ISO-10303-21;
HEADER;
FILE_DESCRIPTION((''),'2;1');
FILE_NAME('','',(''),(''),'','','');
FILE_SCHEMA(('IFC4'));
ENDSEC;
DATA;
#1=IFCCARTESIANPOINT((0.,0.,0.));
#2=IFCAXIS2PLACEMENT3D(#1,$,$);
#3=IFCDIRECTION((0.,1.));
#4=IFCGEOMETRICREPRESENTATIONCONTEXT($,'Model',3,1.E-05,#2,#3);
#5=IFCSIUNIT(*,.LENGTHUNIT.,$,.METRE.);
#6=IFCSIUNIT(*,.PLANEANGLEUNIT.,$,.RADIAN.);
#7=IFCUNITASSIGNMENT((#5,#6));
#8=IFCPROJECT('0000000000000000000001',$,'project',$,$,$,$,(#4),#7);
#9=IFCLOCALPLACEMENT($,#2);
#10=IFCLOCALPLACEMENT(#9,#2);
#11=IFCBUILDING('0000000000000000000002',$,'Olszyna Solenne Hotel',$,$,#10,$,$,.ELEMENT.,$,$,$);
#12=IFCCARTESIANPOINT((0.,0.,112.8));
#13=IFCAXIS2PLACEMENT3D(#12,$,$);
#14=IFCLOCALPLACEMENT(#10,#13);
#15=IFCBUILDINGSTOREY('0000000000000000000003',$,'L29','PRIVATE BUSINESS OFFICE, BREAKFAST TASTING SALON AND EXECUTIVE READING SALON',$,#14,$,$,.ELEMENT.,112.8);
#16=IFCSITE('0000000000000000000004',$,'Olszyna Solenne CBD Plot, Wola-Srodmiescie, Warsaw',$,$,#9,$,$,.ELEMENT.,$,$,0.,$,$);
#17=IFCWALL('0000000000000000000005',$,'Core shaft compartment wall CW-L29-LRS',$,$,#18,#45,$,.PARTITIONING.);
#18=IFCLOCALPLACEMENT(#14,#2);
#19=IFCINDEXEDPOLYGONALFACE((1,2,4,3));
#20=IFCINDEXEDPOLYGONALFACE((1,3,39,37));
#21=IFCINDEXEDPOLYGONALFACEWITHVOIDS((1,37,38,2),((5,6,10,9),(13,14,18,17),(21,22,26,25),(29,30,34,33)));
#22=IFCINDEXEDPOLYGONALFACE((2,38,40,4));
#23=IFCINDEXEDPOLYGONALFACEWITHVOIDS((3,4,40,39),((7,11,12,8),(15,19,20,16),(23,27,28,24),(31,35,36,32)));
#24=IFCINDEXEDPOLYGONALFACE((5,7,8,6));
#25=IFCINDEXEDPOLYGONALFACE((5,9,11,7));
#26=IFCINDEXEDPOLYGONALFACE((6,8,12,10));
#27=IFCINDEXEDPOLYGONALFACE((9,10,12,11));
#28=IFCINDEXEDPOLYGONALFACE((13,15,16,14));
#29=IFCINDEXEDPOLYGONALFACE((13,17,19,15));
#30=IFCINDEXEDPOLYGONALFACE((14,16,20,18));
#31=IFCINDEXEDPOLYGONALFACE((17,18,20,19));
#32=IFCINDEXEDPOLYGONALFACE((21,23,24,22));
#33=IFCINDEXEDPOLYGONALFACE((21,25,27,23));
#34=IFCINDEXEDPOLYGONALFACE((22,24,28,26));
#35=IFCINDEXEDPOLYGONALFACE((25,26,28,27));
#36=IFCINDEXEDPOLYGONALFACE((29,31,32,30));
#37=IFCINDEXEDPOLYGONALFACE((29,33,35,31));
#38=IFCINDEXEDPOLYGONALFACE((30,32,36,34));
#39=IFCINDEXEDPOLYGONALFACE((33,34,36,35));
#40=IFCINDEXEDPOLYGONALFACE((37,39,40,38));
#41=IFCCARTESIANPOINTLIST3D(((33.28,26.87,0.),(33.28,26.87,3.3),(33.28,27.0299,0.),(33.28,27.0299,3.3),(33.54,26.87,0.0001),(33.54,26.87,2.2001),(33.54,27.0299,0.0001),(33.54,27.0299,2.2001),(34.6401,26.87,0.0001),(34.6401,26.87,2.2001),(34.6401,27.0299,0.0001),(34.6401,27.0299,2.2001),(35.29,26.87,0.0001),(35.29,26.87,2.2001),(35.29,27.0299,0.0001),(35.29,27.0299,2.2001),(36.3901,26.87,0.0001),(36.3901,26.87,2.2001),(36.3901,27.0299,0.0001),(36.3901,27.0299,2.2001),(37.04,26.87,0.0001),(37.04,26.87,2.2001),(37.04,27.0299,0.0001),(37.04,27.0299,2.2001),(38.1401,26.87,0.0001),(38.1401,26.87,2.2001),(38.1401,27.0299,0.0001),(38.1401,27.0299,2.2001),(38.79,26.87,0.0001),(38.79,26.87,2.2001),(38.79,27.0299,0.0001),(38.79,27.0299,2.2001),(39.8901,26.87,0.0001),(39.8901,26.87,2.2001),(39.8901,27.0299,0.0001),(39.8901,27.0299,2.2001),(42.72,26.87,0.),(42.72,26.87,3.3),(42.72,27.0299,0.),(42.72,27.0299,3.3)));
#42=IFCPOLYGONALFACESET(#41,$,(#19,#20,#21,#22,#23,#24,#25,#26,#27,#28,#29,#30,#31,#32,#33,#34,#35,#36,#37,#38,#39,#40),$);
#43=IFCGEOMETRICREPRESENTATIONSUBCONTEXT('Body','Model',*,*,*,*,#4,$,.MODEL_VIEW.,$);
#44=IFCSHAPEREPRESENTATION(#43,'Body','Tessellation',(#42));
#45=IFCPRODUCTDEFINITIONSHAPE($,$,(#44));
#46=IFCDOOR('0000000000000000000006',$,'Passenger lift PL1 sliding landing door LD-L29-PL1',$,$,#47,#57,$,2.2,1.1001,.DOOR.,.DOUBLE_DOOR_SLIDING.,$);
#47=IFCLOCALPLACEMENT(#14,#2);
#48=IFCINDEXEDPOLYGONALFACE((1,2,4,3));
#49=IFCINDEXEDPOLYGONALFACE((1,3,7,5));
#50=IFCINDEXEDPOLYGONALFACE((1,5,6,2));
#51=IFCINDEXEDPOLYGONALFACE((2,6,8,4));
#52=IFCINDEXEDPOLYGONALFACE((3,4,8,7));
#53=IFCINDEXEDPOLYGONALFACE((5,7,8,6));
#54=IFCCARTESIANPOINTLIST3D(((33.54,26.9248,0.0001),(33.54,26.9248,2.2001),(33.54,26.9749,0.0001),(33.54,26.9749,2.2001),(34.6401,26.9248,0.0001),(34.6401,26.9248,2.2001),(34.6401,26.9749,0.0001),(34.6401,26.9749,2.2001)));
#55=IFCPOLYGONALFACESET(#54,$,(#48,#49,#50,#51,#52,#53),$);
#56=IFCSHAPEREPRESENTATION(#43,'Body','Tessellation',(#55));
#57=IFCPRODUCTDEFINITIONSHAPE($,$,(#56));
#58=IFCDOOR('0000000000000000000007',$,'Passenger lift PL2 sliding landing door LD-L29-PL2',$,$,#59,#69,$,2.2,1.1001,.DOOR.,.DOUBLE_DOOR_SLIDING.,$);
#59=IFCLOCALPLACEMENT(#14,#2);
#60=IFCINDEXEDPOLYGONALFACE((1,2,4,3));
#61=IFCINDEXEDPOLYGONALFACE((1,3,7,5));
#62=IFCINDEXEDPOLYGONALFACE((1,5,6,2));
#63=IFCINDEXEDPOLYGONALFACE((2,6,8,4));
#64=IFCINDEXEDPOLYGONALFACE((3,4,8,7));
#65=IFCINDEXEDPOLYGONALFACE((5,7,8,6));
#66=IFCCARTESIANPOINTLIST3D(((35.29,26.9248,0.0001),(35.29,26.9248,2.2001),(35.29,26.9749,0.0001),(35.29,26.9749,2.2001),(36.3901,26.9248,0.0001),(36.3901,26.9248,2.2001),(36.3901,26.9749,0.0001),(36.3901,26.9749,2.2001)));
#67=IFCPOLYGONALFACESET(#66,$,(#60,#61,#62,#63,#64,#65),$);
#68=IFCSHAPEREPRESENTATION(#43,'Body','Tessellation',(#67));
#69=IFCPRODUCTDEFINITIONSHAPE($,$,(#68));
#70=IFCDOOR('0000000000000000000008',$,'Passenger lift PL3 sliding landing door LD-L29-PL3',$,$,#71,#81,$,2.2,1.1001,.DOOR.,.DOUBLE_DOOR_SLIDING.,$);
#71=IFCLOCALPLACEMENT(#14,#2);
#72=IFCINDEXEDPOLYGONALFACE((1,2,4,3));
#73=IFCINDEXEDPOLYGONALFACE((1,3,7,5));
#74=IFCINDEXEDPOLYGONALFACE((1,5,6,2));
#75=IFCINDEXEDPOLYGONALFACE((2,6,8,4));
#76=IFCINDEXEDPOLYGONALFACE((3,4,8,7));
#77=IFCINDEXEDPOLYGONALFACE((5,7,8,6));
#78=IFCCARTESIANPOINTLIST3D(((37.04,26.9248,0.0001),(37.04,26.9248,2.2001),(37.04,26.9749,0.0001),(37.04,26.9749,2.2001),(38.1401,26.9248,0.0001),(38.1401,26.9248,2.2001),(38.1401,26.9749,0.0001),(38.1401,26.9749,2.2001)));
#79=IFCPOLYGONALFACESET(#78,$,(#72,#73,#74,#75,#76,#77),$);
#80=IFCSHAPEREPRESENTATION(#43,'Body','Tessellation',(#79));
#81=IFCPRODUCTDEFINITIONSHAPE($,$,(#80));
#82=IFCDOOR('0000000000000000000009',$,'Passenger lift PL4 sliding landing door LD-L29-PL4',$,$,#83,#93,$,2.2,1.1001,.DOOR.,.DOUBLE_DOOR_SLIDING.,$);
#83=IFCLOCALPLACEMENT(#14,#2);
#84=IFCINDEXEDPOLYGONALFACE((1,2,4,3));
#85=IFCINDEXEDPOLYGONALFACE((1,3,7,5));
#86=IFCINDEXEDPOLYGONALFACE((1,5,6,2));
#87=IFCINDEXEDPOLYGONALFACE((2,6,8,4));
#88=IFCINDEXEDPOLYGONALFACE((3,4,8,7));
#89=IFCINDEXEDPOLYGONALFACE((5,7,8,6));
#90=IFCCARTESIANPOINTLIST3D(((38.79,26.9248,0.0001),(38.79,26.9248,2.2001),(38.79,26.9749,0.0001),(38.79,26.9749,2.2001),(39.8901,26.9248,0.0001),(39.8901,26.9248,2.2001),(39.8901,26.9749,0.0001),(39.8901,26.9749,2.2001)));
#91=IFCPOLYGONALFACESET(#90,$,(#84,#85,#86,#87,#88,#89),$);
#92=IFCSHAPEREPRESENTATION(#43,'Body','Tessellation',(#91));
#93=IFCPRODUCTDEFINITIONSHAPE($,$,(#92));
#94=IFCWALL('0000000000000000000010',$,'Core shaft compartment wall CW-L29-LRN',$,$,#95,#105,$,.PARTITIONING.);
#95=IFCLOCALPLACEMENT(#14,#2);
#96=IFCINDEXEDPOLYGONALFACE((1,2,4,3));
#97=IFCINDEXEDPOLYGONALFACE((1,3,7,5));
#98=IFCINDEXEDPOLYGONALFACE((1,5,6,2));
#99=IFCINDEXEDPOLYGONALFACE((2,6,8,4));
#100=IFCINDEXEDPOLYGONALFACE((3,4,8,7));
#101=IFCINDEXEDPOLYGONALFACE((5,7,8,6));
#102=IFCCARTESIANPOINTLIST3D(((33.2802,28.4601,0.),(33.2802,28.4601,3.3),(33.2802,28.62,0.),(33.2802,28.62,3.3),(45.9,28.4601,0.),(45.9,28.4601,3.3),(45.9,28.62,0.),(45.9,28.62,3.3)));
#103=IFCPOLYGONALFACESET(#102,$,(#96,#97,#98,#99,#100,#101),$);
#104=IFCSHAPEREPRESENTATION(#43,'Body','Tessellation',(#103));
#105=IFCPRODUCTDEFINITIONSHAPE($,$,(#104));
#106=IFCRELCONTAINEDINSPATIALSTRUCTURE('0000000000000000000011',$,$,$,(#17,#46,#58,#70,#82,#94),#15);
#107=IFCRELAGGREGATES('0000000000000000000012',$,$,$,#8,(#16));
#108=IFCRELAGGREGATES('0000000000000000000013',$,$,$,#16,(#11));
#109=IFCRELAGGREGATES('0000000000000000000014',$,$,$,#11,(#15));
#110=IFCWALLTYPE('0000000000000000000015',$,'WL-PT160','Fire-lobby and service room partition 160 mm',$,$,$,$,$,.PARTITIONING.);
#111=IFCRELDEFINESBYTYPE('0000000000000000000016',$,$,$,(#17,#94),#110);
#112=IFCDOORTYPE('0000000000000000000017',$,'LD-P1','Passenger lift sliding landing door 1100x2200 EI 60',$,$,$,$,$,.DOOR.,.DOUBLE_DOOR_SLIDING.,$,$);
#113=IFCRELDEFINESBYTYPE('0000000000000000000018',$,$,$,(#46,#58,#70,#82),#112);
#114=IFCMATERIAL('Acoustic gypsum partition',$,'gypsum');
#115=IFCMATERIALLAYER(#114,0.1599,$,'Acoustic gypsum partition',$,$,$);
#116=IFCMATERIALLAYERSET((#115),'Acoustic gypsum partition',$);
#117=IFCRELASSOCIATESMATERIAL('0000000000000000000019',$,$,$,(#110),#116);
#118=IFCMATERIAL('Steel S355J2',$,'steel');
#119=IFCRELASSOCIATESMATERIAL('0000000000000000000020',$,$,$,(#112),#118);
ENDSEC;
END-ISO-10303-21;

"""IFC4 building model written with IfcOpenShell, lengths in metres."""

from ifc_helpers import new_model, si_unit, direction, frame, frame_2d, origin, place, context, subcontext, project, spatial, rectangle, extrude, source, transform, mapped, material, layer, layer_set, type_object, type_shapes, element, fill, save


model = new_model("IFC4")

# Units and contexts
model_context = context("Model", 3, precision=1e-05, world=origin(), true_north=direction((0.0, 1.0)))
body_context = subcontext(model_context, "Body", "Model", "MODEL_VIEW")
ifc_project = project(units=[si_unit("LENGTHUNIT", "METRE"), si_unit("PLANEANGLEUNIT", "RADIAN")], contexts=[model_context])

# Site, building, storey
site_placement = place(None, origin())
site = spatial("IfcSite", under=ifc_project, at=site_placement, Name="Olszyna Solenne CBD Plot, Wola-Srodmiescie, Warsaw", CompositionType="ELEMENT", RefElevation=0.0)
building_placement = place(site_placement, origin())
building = spatial("IfcBuilding", under=site, at=building_placement, Name="Olszyna Solenne Hotel", CompositionType="ELEMENT")
storey_placement = place(building_placement, frame((0.0, 0.0, 112.8)))
storey = spatial("IfcBuildingStorey", under=building, at=storey_placement, Name="L29", Description="PRIVATE BUSINESS OFFICE, BREAKFAST TASTING SALON AND EXECUTIVE READING SALON", CompositionType="ELEMENT", Elevation=112.8)

# Shared definitions
ifc_material_1 = material(Name="Steel S355J2", Category="steel")

# Shared definitions
ifc_material_2 = material(Name="Acoustic gypsum partition", Category="gypsum")

# Shared definitions
ifc_layer_1 = layer(ifc_material_2, 0.1599, Name="Acoustic gypsum partition")
ifc_layer_set_1 = layer_set([ifc_layer_1], Name="Acoustic gypsum partition")
wall_type_1 = type_object("IfcWallType", Name="WL-PT160", Description="Fire-lobby and service room partition 160 mm", PredefinedType="PARTITIONING", material=ifc_layer_set_1)

# Wall, openings, doors
wall_1_placement = place(storey_placement, frame((33.28, 26.95, 0.0), z_axis=(0.0, 0.0, 1.0), x_axis=(1.0, 0.0, 0.0)))
wall_1 = element("IfcWall", 1, at=wall_1_placement, inside=storey, type_object=wall_type_1, Name="Core shaft compartment wall CW-L29-LRS", PredefinedType="PARTITIONING", context=body_context, shape_type="SweptSolid", body=[
    extrude(rectangle(XDim=9.4399, YDim=0.1599, at=frame_2d((4.72, 0.0))), origin(), (0.0, 0.0, 1.0), 3.3),
])
opening_1_placement = place(wall_1_placement, frame((0.26, 0.0, 0.0)))
opening_1 = element("IfcOpeningElement", 2, at=opening_1_placement, cuts=wall_1, PredefinedType="OPENING", context=body_context, shape_type="SweptSolid", body=[
    extrude(rectangle(XDim=1.1001, YDim=2.2, at=frame_2d((0.55, 1.1001))), frame((0.0, 0.0898, 0.0), z_axis=(0.0, -1.0, 0.0), x_axis=(1.0, 0.0, 0.0)), (0.0, 0.0, 1.0), 0.1799),
])
opening_2_placement = place(wall_1_placement, frame((2.01, 0.0, 0.0)))
opening_2 = element("IfcOpeningElement", 3, at=opening_2_placement, cuts=wall_1, PredefinedType="OPENING", context=body_context, shape_type="SweptSolid", body=[
    extrude(rectangle(XDim=1.1001, YDim=2.2, at=frame_2d((0.55, 1.1001))), frame((0.0, 0.0898, 0.0), z_axis=(0.0, -1.0, 0.0), x_axis=(1.0, 0.0, 0.0)), (0.0, 0.0, 1.0), 0.1799),
])
opening_3_placement = place(wall_1_placement, frame((3.76, 0.0, 0.0)))
opening_3 = element("IfcOpeningElement", 4, at=opening_3_placement, cuts=wall_1, PredefinedType="OPENING", context=body_context, shape_type="SweptSolid", body=[
    extrude(rectangle(XDim=1.1001, YDim=2.2, at=frame_2d((0.55, 1.1001))), frame((0.0, 0.0898, 0.0), z_axis=(0.0, -1.0, 0.0), x_axis=(1.0, 0.0, 0.0)), (0.0, 0.0, 1.0), 0.1799),
])
opening_4_placement = place(wall_1_placement, frame((5.51, 0.0, 0.0)))
opening_4 = element("IfcOpeningElement", 5, at=opening_4_placement, cuts=wall_1, PredefinedType="OPENING", context=body_context, shape_type="SweptSolid", body=[
    extrude(rectangle(XDim=1.1001, YDim=2.2, at=frame_2d((0.55, 1.1001))), frame((0.0, 0.0898, 0.0), z_axis=(0.0, -1.0, 0.0), x_axis=(1.0, 0.0, 0.0)), (0.0, 0.0, 1.0), 0.1799),
])
door_type_1 = type_object("IfcDoorType", Name="LD-P1", Description="Passenger lift sliding landing door 1100x2200 EI 60", OperationType="DOUBLE_DOOR_SLIDING", PredefinedType="DOOR", material=ifc_material_1)
shared_shape_1 = source(origin(), body_context, "Body", "SweptSolid", [
    extrude(rectangle(XDim=1.1001, YDim=2.2, at=frame_2d((0.55, 1.1001))), frame((0.0, 0.0249, 0.0), z_axis=(0.0, -1.0, 0.0), x_axis=(1.0, 0.0, 0.0)), (0.0, 0.0, 1.0), 0.05),
])
type_shapes(door_type_1, [shared_shape_1])
door_1_placement = place(opening_1_placement, origin())
door_1 = element("IfcDoor", 6, at=door_1_placement, inside=storey, type_object=door_type_1, Name="Passenger lift PL1 sliding landing door LD-L29-PL1", OperationType="DOUBLE_DOOR_SLIDING", OverallHeight=2.2, OverallWidth=1.1001, PredefinedType="DOOR", context=body_context, shape_type="MappedRepresentation", body=[
    mapped(shared_shape_1, transform((0.0, 0.0, 0.0), x_axis=(1.0, 0.0, 0.0), y_axis=(0.0, 1.0, 0.0), z_axis=(0.0, 0.0, 1.0), scale=1.0)),
])
fill(opening_1, door_1)
door_2_placement = place(opening_2_placement, origin())
door_2 = element("IfcDoor", 7, at=door_2_placement, inside=storey, type_object=door_type_1, Name="Passenger lift PL2 sliding landing door LD-L29-PL2", OperationType="DOUBLE_DOOR_SLIDING", OverallHeight=2.2, OverallWidth=1.1001, PredefinedType="DOOR", context=body_context, shape_type="MappedRepresentation", body=[
    mapped(shared_shape_1, transform((0.0, 0.0, 0.0), x_axis=(1.0, 0.0, 0.0), y_axis=(0.0, 1.0, 0.0), z_axis=(0.0, 0.0, 1.0), scale=1.0)),
])
fill(opening_2, door_2)
door_3_placement = place(opening_3_placement, origin())
door_3 = element("IfcDoor", 8, at=door_3_placement, inside=storey, type_object=door_type_1, Name="Passenger lift PL3 sliding landing door LD-L29-PL3", OperationType="DOUBLE_DOOR_SLIDING", OverallHeight=2.2, OverallWidth=1.1001, PredefinedType="DOOR", context=body_context, shape_type="MappedRepresentation", body=[
    mapped(shared_shape_1, transform((0.0, 0.0, 0.0), x_axis=(1.0, 0.0, 0.0), y_axis=(0.0, 1.0, 0.0), z_axis=(0.0, 0.0, 1.0), scale=1.0)),
])
fill(opening_3, door_3)
door_4_placement = place(opening_4_placement, origin())
door_4 = element("IfcDoor", 9, at=door_4_placement, inside=storey, type_object=door_type_1, Name="Passenger lift PL4 sliding landing door LD-L29-PL4", OperationType="DOUBLE_DOOR_SLIDING", OverallHeight=2.2, OverallWidth=1.1001, PredefinedType="DOOR", context=body_context, shape_type="MappedRepresentation", body=[
    mapped(shared_shape_1, transform((0.0, 0.0, 0.0), x_axis=(1.0, 0.0, 0.0), y_axis=(0.0, 1.0, 0.0), z_axis=(0.0, 0.0, 1.0), scale=1.0)),
])
fill(opening_4, door_4)

# Wall
wall_2_placement = place(storey_placement, frame((33.28, 28.54, 0.0), z_axis=(0.0, 0.0, 1.0), x_axis=(1.0, 0.0, 0.0)))
element("IfcWall", 10, at=wall_2_placement, inside=storey, type_object=wall_type_1, Name="Core shaft compartment wall CW-L29-LRN", PredefinedType="PARTITIONING", context=body_context, shape_type="SweptSolid", body=[
    extrude(rectangle(XDim=12.6199, YDim=0.1599, at=frame_2d((6.3101, 0.0))), origin(), (0.0, 0.0, 1.0), 3.3),
])

save(model, "model.ifc")
